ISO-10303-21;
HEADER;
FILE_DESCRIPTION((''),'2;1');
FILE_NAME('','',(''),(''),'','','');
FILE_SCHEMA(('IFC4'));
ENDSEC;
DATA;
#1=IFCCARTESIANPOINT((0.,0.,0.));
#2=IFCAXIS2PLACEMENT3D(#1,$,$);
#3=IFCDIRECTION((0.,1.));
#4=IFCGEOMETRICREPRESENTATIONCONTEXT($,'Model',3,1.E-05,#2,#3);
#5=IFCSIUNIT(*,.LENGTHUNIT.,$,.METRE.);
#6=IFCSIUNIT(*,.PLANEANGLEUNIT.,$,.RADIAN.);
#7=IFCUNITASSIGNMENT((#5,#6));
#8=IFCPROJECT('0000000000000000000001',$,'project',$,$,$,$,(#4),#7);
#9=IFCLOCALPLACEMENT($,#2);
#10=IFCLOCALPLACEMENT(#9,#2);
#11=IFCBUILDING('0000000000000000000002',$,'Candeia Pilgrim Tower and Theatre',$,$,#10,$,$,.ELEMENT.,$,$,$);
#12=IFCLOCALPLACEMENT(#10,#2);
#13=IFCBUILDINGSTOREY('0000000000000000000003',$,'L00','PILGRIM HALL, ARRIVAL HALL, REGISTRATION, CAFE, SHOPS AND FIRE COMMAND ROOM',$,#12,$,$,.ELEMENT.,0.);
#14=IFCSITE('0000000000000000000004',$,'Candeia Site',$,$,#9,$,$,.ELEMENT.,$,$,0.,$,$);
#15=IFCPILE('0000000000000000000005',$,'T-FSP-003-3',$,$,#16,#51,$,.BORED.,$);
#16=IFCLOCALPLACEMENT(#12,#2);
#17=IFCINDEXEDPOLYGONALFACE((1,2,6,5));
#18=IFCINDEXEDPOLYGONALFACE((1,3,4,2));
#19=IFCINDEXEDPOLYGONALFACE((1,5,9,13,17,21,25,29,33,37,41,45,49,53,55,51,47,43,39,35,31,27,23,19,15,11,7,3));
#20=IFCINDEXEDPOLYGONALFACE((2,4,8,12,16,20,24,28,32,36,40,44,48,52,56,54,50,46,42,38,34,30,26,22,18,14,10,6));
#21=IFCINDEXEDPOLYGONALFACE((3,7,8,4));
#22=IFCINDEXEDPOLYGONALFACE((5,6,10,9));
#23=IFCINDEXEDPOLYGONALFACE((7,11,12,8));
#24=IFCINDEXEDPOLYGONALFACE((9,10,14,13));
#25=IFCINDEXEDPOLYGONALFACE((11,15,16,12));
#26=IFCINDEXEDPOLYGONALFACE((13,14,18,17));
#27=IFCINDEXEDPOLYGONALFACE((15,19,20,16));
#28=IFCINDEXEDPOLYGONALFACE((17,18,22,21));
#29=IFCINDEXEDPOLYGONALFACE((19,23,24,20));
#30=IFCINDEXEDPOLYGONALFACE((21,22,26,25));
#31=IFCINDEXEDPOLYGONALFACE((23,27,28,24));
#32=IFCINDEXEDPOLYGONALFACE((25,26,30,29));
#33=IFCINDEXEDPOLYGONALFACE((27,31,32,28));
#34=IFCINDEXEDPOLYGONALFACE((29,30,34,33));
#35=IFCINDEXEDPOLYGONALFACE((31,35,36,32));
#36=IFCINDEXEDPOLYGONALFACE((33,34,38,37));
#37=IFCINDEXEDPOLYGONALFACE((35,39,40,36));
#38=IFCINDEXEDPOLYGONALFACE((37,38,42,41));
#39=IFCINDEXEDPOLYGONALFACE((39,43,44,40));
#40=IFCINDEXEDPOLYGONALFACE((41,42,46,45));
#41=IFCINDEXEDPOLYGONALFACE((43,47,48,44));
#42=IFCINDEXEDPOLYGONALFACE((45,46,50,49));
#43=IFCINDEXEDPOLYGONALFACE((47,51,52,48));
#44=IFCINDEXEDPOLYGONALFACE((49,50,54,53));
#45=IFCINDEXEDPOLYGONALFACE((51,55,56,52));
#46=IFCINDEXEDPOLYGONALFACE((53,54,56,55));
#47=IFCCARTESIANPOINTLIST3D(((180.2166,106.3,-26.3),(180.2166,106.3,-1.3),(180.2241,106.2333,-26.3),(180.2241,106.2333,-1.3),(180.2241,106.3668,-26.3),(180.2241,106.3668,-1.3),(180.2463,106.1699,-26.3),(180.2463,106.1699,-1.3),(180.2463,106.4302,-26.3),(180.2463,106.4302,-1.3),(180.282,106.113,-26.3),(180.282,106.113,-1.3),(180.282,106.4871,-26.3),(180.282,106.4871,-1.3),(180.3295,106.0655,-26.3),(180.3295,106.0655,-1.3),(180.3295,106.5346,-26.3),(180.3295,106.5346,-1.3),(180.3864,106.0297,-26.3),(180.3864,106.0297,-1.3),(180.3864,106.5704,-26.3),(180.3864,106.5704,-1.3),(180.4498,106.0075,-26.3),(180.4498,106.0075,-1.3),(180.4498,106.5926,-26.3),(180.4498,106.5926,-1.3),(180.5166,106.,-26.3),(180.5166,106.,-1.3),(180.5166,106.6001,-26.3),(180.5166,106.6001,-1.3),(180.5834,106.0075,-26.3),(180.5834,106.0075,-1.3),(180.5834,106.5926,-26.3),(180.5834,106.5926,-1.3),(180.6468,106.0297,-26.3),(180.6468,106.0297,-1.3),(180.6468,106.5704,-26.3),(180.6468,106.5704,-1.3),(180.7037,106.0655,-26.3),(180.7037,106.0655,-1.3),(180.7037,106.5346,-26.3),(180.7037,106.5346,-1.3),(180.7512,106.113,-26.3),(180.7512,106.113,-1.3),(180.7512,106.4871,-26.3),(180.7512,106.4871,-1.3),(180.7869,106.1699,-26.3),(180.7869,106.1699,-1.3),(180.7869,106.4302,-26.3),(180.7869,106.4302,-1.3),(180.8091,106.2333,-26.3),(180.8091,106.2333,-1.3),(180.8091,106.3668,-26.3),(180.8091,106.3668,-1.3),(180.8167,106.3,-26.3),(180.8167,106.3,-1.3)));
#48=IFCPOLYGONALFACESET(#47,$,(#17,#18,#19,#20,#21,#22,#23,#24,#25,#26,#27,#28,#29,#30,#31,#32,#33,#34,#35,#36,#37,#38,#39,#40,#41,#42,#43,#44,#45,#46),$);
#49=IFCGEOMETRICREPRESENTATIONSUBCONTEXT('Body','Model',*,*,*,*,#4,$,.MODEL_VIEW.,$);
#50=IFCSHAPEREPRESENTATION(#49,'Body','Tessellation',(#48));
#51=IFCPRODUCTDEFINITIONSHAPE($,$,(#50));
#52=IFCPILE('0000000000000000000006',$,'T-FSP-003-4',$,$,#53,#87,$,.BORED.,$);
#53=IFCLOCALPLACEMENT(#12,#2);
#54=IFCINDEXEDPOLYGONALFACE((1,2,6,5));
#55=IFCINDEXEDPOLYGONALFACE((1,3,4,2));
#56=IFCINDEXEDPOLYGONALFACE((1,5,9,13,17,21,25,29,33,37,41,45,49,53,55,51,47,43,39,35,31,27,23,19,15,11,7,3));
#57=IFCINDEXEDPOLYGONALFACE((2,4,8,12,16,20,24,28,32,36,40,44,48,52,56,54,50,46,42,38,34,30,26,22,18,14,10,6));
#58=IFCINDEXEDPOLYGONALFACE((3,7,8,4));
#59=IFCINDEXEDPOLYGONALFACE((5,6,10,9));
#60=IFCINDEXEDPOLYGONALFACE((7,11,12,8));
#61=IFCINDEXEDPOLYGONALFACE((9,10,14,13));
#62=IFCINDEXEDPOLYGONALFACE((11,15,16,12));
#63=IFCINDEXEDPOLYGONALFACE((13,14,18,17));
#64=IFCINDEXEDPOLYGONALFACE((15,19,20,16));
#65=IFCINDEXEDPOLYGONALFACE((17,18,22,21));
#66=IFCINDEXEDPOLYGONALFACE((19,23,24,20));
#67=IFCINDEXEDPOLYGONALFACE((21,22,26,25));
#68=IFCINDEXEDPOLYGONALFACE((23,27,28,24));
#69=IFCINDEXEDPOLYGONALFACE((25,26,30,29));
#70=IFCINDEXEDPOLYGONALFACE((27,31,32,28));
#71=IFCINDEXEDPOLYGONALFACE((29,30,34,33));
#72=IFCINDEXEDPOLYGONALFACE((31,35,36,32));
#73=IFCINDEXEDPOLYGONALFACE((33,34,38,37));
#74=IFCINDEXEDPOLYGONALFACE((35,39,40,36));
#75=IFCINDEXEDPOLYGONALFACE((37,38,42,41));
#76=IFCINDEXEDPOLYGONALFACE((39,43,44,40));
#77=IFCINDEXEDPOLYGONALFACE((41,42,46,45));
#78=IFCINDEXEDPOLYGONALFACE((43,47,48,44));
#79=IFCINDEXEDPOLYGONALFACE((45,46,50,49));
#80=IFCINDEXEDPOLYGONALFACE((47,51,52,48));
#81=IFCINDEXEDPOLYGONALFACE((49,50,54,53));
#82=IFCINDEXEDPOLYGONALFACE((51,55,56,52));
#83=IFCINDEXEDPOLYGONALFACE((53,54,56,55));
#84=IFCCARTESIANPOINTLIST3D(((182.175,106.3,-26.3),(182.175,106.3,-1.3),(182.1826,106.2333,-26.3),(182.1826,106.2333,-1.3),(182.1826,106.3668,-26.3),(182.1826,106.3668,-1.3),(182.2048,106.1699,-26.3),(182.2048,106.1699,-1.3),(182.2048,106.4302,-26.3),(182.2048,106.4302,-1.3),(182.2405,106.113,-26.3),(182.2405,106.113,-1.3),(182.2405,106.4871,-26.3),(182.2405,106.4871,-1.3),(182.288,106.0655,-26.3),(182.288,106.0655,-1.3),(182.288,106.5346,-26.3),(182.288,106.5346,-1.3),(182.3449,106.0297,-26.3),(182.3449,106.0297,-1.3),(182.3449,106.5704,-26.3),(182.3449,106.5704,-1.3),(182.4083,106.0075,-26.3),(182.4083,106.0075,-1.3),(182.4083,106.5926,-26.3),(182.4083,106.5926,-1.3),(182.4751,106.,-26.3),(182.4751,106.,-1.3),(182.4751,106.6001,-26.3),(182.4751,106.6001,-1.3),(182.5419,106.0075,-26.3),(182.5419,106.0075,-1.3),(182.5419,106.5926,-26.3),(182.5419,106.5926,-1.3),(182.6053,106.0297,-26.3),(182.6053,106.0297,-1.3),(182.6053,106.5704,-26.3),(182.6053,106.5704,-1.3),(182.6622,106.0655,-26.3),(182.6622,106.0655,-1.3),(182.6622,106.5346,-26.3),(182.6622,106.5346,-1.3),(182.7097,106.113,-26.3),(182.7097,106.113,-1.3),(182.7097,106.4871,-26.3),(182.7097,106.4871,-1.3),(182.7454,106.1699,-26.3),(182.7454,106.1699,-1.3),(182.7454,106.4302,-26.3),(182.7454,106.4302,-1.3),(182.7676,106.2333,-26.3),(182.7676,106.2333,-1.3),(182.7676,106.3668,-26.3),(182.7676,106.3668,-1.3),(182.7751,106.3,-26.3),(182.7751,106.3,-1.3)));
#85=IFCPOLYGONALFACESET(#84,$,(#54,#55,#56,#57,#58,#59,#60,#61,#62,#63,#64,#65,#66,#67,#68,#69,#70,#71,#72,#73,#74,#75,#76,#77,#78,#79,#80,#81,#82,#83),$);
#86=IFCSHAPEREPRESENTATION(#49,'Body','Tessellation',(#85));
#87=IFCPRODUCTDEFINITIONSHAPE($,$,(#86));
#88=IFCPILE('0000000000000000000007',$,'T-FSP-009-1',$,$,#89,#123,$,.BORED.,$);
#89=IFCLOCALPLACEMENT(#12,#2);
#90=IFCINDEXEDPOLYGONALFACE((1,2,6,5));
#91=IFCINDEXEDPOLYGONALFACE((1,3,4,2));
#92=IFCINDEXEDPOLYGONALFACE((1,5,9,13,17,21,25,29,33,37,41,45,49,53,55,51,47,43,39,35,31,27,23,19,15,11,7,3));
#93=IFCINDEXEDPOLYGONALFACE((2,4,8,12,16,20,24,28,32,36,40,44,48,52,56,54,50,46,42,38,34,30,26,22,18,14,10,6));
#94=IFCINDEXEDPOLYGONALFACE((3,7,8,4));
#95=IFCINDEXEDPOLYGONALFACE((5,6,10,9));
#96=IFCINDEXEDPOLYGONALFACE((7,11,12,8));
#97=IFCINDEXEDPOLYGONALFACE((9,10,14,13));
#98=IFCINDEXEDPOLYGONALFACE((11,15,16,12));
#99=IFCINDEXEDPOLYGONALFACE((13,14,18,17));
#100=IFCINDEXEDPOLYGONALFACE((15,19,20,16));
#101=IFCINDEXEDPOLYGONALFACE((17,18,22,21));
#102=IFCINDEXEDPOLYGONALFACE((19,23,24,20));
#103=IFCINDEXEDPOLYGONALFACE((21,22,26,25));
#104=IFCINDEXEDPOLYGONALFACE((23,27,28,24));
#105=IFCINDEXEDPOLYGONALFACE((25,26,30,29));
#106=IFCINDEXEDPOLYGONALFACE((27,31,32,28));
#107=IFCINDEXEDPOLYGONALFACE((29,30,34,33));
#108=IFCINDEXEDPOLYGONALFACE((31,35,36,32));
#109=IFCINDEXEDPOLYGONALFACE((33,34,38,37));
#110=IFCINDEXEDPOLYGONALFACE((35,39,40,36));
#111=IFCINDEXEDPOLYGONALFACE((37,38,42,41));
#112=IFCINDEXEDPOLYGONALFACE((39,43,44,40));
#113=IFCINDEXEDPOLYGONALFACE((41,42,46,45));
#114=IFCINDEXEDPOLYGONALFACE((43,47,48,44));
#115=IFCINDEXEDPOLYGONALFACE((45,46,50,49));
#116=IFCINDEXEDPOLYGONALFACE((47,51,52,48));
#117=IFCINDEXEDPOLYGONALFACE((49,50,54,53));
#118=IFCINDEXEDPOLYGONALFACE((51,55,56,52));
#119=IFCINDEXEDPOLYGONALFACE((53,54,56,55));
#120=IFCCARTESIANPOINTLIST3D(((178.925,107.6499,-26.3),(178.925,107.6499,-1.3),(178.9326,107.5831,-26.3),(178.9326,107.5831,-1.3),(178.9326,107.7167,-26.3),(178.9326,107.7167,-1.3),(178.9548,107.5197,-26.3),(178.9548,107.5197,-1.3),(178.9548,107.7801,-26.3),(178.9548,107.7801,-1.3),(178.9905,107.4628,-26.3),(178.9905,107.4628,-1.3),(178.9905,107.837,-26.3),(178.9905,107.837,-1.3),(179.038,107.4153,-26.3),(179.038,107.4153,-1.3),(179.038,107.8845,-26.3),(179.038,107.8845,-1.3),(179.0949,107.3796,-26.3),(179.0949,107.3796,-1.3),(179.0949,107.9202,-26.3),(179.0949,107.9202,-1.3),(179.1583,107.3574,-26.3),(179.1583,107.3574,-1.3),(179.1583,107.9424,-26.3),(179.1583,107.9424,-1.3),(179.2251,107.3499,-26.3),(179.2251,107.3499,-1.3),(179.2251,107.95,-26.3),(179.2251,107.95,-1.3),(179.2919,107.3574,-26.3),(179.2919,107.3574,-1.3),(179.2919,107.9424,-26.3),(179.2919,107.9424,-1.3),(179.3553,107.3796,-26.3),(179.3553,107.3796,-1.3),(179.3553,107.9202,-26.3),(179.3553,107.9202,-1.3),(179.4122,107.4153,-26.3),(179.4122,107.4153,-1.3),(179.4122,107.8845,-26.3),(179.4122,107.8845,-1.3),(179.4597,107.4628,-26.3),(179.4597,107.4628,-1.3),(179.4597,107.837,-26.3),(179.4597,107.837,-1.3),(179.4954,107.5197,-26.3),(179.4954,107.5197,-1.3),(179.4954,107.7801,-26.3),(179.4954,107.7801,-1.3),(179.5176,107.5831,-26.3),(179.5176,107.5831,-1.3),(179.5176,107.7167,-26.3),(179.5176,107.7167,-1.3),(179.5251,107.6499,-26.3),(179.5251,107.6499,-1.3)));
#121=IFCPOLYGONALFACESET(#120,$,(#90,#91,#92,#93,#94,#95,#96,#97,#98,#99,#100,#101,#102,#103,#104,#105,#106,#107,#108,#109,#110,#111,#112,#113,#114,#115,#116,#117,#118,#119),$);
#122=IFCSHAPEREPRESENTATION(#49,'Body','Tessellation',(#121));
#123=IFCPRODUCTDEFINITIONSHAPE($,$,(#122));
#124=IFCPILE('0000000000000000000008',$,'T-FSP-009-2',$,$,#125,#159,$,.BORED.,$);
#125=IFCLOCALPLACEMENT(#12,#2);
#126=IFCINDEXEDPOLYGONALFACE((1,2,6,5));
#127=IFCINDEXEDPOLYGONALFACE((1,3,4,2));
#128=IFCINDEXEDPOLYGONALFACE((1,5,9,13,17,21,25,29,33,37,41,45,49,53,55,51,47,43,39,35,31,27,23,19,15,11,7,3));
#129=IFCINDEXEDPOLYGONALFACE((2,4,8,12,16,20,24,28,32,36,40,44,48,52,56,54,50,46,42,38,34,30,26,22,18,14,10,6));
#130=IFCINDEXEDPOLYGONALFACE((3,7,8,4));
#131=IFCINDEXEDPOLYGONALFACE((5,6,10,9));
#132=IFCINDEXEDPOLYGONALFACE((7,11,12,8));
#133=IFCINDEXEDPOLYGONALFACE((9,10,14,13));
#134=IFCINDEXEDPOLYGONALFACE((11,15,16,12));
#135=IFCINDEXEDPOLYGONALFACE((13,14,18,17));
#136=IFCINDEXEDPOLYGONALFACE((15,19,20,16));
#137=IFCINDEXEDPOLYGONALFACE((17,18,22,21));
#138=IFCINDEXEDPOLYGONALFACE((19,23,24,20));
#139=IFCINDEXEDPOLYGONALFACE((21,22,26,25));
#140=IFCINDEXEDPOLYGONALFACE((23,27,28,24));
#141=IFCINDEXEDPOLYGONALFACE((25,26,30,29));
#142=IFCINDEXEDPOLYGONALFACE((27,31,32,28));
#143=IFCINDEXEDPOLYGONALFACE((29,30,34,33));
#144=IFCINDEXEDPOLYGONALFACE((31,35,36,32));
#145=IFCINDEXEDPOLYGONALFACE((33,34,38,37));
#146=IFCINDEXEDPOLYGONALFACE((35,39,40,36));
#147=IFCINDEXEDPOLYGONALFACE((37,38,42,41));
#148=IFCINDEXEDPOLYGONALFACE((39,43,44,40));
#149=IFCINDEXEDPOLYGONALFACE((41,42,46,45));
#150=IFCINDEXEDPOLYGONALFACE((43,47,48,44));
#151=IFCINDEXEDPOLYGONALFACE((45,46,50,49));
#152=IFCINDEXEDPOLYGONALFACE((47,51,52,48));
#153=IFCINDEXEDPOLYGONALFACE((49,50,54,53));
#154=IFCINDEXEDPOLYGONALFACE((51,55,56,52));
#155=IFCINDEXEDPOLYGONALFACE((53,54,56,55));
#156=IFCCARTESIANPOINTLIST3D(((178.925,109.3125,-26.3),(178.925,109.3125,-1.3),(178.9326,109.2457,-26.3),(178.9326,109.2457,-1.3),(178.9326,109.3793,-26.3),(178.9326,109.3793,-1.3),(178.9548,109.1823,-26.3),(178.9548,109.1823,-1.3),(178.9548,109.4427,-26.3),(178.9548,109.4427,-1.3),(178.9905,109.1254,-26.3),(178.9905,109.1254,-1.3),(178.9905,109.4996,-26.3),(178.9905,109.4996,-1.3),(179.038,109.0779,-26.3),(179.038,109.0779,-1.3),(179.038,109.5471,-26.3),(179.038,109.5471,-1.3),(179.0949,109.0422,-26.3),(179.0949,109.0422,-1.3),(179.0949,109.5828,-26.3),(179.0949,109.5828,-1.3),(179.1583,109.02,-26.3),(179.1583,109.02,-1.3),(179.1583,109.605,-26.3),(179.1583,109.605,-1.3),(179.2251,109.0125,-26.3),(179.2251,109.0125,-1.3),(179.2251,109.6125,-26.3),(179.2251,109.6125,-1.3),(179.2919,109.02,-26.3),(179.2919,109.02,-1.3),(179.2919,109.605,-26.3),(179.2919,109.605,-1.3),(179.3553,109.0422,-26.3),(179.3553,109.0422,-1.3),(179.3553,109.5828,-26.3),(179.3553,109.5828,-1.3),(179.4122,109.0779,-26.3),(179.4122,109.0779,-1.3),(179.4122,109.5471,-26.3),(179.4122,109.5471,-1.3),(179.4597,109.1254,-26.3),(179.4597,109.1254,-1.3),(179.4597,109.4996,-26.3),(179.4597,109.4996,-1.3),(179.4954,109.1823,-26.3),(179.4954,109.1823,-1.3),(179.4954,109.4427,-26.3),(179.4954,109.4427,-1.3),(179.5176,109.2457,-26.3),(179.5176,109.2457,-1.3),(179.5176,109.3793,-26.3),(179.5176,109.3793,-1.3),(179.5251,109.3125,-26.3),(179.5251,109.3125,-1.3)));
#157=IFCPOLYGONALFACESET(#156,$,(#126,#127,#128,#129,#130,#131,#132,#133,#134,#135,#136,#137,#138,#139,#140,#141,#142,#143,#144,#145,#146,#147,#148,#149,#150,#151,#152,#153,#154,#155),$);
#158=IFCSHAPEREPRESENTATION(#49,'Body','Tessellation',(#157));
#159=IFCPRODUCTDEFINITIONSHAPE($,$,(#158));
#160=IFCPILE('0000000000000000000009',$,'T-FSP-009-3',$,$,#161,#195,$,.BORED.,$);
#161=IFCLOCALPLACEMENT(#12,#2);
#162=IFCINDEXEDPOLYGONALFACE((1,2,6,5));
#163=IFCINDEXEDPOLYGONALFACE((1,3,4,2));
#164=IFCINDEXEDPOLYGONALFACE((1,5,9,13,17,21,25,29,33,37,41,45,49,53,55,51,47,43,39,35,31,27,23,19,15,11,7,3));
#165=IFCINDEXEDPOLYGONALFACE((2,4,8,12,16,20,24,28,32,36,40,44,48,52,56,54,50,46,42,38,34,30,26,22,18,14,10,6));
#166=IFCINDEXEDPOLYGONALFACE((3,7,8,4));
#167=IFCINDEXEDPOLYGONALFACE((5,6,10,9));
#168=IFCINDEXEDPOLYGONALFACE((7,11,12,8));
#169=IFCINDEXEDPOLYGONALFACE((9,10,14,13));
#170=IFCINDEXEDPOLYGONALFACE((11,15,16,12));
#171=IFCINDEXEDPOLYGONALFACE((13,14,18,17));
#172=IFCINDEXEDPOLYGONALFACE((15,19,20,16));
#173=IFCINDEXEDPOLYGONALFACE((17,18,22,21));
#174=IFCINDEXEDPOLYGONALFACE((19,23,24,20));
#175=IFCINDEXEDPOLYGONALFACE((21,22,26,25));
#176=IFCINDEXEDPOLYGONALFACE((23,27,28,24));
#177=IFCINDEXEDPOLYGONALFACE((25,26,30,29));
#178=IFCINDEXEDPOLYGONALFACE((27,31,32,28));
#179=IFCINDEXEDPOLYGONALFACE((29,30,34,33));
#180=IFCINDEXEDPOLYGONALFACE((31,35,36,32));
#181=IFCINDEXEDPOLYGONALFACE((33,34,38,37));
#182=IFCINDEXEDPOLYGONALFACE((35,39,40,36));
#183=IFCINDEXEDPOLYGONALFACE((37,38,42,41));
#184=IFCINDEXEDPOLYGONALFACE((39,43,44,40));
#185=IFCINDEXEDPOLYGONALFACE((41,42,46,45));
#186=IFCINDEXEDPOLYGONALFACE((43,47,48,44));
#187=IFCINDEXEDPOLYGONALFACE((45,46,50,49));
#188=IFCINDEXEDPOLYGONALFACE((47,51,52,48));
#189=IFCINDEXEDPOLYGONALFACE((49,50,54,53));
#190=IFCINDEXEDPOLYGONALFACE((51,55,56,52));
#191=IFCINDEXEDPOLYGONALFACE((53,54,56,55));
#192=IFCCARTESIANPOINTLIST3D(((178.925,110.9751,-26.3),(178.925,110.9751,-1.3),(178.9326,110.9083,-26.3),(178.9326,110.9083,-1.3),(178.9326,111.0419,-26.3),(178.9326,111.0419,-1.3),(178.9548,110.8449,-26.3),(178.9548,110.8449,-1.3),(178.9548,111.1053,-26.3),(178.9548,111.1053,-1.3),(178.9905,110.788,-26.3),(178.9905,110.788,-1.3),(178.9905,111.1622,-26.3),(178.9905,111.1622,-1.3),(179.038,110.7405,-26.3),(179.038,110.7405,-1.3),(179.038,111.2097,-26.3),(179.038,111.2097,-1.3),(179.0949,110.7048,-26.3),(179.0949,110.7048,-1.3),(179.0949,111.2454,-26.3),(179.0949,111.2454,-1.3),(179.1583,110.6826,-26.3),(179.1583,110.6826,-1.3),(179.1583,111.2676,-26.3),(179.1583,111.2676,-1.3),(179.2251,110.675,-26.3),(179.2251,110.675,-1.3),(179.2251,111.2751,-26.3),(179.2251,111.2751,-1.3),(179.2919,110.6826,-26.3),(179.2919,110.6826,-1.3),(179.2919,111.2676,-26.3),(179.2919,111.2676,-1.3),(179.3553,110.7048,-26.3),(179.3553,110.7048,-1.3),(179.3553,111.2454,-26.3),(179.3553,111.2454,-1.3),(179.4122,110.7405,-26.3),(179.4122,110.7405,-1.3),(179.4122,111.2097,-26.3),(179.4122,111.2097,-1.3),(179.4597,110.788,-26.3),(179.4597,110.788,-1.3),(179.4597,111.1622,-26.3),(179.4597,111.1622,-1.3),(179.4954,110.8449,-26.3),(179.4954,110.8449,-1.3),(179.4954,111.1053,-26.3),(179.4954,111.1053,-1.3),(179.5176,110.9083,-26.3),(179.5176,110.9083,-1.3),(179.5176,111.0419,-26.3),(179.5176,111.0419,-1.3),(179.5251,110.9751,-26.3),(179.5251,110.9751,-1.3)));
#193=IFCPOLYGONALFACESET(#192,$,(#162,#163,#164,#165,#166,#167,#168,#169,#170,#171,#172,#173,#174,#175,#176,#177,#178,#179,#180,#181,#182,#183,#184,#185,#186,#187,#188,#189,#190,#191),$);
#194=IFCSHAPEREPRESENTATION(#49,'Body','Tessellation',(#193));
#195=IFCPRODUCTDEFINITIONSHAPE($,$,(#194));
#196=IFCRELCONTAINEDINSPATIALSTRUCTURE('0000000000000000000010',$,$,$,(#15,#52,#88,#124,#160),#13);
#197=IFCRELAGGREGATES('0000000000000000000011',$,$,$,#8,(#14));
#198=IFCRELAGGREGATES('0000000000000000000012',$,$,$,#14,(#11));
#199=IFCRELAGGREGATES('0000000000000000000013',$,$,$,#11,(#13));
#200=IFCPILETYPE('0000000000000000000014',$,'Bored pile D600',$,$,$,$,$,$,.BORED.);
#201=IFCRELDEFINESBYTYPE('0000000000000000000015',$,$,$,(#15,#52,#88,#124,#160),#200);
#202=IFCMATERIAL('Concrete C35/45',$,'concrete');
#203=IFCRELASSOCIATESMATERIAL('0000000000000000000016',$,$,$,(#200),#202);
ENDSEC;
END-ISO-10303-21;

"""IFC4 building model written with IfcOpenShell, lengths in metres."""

from ifc_helpers import new_model, si_unit, direction, frame, origin, origin_2d, place, context, subcontext, project, spatial, circle, extrude, material, type_object, element, save


model = new_model("IFC4")

# Units and contexts
model_context = context("Model", 3, precision=1e-05, world=origin(), true_north=direction((0.0, 1.0)))
body_context = subcontext(model_context, "Body", "Model", "MODEL_VIEW")
ifc_project = project(units=[si_unit("LENGTHUNIT", "METRE"), si_unit("PLANEANGLEUNIT", "RADIAN")], contexts=[model_context])

# Site, building, storey
site_placement = place(None, origin())
site = spatial("IfcSite", under=ifc_project, at=site_placement, Name="Candeia Site", CompositionType="ELEMENT", RefElevation=0.0)
building_placement = place(site_placement, origin())
building = spatial("IfcBuilding", under=site, at=building_placement, Name="Candeia Pilgrim Tower and Theatre", CompositionType="ELEMENT")
storey_placement = place(building_placement, origin())
storey = spatial("IfcBuildingStorey", under=building, at=storey_placement, Name="L00", Description="PILGRIM HALL, ARRIVAL HALL, REGISTRATION, CAFE, SHOPS AND FIRE COMMAND ROOM", CompositionType="ELEMENT", Elevation=0.0)

# Piles
ifc_material_1 = material(Name="Concrete C35/45", Category="concrete")
pile_type = type_object("IfcPileType", Name="Bored pile D600", PredefinedType="BORED", material=ifc_material_1)
for number, where, z_axis, x_axis, name in (
    (1, (180.5166, 106.3, -1.3), (0.0, 0.0, -1.0), (1.0, 0.0, 0.0), "T-FSP-003-3"),
    (2, (182.4751, 106.3, -1.3), (0.0, 0.0, -1.0), (1.0, 0.0, 0.0), "T-FSP-003-4"),
    (3, (179.2251, 107.6499, -1.3), (0.0, 0.0, -1.0), (1.0, 0.0, 0.0), "T-FSP-009-1"),
    (4, (179.2251, 109.3125, -1.3), (0.0, 0.0, -1.0), (1.0, 0.0, 0.0), "T-FSP-009-2"),
    (5, (179.2251, 110.9751, -1.3), (0.0, 0.0, -1.0), (1.0, 0.0, 0.0), "T-FSP-009-3"),
):
    element("IfcPile", number, at=place(storey_placement, frame(where, z_axis=z_axis, x_axis=x_axis)), inside=storey, type_object=pile_type, Name=name, PredefinedType="BORED", context=body_context, shape_type="SweptSolid", body=[
        extrude(circle(Radius=0.3, at=origin_2d()), origin(), (0.0, 0.0, 1.0), 25.0),
    ])

save(model, "model.ifc")
